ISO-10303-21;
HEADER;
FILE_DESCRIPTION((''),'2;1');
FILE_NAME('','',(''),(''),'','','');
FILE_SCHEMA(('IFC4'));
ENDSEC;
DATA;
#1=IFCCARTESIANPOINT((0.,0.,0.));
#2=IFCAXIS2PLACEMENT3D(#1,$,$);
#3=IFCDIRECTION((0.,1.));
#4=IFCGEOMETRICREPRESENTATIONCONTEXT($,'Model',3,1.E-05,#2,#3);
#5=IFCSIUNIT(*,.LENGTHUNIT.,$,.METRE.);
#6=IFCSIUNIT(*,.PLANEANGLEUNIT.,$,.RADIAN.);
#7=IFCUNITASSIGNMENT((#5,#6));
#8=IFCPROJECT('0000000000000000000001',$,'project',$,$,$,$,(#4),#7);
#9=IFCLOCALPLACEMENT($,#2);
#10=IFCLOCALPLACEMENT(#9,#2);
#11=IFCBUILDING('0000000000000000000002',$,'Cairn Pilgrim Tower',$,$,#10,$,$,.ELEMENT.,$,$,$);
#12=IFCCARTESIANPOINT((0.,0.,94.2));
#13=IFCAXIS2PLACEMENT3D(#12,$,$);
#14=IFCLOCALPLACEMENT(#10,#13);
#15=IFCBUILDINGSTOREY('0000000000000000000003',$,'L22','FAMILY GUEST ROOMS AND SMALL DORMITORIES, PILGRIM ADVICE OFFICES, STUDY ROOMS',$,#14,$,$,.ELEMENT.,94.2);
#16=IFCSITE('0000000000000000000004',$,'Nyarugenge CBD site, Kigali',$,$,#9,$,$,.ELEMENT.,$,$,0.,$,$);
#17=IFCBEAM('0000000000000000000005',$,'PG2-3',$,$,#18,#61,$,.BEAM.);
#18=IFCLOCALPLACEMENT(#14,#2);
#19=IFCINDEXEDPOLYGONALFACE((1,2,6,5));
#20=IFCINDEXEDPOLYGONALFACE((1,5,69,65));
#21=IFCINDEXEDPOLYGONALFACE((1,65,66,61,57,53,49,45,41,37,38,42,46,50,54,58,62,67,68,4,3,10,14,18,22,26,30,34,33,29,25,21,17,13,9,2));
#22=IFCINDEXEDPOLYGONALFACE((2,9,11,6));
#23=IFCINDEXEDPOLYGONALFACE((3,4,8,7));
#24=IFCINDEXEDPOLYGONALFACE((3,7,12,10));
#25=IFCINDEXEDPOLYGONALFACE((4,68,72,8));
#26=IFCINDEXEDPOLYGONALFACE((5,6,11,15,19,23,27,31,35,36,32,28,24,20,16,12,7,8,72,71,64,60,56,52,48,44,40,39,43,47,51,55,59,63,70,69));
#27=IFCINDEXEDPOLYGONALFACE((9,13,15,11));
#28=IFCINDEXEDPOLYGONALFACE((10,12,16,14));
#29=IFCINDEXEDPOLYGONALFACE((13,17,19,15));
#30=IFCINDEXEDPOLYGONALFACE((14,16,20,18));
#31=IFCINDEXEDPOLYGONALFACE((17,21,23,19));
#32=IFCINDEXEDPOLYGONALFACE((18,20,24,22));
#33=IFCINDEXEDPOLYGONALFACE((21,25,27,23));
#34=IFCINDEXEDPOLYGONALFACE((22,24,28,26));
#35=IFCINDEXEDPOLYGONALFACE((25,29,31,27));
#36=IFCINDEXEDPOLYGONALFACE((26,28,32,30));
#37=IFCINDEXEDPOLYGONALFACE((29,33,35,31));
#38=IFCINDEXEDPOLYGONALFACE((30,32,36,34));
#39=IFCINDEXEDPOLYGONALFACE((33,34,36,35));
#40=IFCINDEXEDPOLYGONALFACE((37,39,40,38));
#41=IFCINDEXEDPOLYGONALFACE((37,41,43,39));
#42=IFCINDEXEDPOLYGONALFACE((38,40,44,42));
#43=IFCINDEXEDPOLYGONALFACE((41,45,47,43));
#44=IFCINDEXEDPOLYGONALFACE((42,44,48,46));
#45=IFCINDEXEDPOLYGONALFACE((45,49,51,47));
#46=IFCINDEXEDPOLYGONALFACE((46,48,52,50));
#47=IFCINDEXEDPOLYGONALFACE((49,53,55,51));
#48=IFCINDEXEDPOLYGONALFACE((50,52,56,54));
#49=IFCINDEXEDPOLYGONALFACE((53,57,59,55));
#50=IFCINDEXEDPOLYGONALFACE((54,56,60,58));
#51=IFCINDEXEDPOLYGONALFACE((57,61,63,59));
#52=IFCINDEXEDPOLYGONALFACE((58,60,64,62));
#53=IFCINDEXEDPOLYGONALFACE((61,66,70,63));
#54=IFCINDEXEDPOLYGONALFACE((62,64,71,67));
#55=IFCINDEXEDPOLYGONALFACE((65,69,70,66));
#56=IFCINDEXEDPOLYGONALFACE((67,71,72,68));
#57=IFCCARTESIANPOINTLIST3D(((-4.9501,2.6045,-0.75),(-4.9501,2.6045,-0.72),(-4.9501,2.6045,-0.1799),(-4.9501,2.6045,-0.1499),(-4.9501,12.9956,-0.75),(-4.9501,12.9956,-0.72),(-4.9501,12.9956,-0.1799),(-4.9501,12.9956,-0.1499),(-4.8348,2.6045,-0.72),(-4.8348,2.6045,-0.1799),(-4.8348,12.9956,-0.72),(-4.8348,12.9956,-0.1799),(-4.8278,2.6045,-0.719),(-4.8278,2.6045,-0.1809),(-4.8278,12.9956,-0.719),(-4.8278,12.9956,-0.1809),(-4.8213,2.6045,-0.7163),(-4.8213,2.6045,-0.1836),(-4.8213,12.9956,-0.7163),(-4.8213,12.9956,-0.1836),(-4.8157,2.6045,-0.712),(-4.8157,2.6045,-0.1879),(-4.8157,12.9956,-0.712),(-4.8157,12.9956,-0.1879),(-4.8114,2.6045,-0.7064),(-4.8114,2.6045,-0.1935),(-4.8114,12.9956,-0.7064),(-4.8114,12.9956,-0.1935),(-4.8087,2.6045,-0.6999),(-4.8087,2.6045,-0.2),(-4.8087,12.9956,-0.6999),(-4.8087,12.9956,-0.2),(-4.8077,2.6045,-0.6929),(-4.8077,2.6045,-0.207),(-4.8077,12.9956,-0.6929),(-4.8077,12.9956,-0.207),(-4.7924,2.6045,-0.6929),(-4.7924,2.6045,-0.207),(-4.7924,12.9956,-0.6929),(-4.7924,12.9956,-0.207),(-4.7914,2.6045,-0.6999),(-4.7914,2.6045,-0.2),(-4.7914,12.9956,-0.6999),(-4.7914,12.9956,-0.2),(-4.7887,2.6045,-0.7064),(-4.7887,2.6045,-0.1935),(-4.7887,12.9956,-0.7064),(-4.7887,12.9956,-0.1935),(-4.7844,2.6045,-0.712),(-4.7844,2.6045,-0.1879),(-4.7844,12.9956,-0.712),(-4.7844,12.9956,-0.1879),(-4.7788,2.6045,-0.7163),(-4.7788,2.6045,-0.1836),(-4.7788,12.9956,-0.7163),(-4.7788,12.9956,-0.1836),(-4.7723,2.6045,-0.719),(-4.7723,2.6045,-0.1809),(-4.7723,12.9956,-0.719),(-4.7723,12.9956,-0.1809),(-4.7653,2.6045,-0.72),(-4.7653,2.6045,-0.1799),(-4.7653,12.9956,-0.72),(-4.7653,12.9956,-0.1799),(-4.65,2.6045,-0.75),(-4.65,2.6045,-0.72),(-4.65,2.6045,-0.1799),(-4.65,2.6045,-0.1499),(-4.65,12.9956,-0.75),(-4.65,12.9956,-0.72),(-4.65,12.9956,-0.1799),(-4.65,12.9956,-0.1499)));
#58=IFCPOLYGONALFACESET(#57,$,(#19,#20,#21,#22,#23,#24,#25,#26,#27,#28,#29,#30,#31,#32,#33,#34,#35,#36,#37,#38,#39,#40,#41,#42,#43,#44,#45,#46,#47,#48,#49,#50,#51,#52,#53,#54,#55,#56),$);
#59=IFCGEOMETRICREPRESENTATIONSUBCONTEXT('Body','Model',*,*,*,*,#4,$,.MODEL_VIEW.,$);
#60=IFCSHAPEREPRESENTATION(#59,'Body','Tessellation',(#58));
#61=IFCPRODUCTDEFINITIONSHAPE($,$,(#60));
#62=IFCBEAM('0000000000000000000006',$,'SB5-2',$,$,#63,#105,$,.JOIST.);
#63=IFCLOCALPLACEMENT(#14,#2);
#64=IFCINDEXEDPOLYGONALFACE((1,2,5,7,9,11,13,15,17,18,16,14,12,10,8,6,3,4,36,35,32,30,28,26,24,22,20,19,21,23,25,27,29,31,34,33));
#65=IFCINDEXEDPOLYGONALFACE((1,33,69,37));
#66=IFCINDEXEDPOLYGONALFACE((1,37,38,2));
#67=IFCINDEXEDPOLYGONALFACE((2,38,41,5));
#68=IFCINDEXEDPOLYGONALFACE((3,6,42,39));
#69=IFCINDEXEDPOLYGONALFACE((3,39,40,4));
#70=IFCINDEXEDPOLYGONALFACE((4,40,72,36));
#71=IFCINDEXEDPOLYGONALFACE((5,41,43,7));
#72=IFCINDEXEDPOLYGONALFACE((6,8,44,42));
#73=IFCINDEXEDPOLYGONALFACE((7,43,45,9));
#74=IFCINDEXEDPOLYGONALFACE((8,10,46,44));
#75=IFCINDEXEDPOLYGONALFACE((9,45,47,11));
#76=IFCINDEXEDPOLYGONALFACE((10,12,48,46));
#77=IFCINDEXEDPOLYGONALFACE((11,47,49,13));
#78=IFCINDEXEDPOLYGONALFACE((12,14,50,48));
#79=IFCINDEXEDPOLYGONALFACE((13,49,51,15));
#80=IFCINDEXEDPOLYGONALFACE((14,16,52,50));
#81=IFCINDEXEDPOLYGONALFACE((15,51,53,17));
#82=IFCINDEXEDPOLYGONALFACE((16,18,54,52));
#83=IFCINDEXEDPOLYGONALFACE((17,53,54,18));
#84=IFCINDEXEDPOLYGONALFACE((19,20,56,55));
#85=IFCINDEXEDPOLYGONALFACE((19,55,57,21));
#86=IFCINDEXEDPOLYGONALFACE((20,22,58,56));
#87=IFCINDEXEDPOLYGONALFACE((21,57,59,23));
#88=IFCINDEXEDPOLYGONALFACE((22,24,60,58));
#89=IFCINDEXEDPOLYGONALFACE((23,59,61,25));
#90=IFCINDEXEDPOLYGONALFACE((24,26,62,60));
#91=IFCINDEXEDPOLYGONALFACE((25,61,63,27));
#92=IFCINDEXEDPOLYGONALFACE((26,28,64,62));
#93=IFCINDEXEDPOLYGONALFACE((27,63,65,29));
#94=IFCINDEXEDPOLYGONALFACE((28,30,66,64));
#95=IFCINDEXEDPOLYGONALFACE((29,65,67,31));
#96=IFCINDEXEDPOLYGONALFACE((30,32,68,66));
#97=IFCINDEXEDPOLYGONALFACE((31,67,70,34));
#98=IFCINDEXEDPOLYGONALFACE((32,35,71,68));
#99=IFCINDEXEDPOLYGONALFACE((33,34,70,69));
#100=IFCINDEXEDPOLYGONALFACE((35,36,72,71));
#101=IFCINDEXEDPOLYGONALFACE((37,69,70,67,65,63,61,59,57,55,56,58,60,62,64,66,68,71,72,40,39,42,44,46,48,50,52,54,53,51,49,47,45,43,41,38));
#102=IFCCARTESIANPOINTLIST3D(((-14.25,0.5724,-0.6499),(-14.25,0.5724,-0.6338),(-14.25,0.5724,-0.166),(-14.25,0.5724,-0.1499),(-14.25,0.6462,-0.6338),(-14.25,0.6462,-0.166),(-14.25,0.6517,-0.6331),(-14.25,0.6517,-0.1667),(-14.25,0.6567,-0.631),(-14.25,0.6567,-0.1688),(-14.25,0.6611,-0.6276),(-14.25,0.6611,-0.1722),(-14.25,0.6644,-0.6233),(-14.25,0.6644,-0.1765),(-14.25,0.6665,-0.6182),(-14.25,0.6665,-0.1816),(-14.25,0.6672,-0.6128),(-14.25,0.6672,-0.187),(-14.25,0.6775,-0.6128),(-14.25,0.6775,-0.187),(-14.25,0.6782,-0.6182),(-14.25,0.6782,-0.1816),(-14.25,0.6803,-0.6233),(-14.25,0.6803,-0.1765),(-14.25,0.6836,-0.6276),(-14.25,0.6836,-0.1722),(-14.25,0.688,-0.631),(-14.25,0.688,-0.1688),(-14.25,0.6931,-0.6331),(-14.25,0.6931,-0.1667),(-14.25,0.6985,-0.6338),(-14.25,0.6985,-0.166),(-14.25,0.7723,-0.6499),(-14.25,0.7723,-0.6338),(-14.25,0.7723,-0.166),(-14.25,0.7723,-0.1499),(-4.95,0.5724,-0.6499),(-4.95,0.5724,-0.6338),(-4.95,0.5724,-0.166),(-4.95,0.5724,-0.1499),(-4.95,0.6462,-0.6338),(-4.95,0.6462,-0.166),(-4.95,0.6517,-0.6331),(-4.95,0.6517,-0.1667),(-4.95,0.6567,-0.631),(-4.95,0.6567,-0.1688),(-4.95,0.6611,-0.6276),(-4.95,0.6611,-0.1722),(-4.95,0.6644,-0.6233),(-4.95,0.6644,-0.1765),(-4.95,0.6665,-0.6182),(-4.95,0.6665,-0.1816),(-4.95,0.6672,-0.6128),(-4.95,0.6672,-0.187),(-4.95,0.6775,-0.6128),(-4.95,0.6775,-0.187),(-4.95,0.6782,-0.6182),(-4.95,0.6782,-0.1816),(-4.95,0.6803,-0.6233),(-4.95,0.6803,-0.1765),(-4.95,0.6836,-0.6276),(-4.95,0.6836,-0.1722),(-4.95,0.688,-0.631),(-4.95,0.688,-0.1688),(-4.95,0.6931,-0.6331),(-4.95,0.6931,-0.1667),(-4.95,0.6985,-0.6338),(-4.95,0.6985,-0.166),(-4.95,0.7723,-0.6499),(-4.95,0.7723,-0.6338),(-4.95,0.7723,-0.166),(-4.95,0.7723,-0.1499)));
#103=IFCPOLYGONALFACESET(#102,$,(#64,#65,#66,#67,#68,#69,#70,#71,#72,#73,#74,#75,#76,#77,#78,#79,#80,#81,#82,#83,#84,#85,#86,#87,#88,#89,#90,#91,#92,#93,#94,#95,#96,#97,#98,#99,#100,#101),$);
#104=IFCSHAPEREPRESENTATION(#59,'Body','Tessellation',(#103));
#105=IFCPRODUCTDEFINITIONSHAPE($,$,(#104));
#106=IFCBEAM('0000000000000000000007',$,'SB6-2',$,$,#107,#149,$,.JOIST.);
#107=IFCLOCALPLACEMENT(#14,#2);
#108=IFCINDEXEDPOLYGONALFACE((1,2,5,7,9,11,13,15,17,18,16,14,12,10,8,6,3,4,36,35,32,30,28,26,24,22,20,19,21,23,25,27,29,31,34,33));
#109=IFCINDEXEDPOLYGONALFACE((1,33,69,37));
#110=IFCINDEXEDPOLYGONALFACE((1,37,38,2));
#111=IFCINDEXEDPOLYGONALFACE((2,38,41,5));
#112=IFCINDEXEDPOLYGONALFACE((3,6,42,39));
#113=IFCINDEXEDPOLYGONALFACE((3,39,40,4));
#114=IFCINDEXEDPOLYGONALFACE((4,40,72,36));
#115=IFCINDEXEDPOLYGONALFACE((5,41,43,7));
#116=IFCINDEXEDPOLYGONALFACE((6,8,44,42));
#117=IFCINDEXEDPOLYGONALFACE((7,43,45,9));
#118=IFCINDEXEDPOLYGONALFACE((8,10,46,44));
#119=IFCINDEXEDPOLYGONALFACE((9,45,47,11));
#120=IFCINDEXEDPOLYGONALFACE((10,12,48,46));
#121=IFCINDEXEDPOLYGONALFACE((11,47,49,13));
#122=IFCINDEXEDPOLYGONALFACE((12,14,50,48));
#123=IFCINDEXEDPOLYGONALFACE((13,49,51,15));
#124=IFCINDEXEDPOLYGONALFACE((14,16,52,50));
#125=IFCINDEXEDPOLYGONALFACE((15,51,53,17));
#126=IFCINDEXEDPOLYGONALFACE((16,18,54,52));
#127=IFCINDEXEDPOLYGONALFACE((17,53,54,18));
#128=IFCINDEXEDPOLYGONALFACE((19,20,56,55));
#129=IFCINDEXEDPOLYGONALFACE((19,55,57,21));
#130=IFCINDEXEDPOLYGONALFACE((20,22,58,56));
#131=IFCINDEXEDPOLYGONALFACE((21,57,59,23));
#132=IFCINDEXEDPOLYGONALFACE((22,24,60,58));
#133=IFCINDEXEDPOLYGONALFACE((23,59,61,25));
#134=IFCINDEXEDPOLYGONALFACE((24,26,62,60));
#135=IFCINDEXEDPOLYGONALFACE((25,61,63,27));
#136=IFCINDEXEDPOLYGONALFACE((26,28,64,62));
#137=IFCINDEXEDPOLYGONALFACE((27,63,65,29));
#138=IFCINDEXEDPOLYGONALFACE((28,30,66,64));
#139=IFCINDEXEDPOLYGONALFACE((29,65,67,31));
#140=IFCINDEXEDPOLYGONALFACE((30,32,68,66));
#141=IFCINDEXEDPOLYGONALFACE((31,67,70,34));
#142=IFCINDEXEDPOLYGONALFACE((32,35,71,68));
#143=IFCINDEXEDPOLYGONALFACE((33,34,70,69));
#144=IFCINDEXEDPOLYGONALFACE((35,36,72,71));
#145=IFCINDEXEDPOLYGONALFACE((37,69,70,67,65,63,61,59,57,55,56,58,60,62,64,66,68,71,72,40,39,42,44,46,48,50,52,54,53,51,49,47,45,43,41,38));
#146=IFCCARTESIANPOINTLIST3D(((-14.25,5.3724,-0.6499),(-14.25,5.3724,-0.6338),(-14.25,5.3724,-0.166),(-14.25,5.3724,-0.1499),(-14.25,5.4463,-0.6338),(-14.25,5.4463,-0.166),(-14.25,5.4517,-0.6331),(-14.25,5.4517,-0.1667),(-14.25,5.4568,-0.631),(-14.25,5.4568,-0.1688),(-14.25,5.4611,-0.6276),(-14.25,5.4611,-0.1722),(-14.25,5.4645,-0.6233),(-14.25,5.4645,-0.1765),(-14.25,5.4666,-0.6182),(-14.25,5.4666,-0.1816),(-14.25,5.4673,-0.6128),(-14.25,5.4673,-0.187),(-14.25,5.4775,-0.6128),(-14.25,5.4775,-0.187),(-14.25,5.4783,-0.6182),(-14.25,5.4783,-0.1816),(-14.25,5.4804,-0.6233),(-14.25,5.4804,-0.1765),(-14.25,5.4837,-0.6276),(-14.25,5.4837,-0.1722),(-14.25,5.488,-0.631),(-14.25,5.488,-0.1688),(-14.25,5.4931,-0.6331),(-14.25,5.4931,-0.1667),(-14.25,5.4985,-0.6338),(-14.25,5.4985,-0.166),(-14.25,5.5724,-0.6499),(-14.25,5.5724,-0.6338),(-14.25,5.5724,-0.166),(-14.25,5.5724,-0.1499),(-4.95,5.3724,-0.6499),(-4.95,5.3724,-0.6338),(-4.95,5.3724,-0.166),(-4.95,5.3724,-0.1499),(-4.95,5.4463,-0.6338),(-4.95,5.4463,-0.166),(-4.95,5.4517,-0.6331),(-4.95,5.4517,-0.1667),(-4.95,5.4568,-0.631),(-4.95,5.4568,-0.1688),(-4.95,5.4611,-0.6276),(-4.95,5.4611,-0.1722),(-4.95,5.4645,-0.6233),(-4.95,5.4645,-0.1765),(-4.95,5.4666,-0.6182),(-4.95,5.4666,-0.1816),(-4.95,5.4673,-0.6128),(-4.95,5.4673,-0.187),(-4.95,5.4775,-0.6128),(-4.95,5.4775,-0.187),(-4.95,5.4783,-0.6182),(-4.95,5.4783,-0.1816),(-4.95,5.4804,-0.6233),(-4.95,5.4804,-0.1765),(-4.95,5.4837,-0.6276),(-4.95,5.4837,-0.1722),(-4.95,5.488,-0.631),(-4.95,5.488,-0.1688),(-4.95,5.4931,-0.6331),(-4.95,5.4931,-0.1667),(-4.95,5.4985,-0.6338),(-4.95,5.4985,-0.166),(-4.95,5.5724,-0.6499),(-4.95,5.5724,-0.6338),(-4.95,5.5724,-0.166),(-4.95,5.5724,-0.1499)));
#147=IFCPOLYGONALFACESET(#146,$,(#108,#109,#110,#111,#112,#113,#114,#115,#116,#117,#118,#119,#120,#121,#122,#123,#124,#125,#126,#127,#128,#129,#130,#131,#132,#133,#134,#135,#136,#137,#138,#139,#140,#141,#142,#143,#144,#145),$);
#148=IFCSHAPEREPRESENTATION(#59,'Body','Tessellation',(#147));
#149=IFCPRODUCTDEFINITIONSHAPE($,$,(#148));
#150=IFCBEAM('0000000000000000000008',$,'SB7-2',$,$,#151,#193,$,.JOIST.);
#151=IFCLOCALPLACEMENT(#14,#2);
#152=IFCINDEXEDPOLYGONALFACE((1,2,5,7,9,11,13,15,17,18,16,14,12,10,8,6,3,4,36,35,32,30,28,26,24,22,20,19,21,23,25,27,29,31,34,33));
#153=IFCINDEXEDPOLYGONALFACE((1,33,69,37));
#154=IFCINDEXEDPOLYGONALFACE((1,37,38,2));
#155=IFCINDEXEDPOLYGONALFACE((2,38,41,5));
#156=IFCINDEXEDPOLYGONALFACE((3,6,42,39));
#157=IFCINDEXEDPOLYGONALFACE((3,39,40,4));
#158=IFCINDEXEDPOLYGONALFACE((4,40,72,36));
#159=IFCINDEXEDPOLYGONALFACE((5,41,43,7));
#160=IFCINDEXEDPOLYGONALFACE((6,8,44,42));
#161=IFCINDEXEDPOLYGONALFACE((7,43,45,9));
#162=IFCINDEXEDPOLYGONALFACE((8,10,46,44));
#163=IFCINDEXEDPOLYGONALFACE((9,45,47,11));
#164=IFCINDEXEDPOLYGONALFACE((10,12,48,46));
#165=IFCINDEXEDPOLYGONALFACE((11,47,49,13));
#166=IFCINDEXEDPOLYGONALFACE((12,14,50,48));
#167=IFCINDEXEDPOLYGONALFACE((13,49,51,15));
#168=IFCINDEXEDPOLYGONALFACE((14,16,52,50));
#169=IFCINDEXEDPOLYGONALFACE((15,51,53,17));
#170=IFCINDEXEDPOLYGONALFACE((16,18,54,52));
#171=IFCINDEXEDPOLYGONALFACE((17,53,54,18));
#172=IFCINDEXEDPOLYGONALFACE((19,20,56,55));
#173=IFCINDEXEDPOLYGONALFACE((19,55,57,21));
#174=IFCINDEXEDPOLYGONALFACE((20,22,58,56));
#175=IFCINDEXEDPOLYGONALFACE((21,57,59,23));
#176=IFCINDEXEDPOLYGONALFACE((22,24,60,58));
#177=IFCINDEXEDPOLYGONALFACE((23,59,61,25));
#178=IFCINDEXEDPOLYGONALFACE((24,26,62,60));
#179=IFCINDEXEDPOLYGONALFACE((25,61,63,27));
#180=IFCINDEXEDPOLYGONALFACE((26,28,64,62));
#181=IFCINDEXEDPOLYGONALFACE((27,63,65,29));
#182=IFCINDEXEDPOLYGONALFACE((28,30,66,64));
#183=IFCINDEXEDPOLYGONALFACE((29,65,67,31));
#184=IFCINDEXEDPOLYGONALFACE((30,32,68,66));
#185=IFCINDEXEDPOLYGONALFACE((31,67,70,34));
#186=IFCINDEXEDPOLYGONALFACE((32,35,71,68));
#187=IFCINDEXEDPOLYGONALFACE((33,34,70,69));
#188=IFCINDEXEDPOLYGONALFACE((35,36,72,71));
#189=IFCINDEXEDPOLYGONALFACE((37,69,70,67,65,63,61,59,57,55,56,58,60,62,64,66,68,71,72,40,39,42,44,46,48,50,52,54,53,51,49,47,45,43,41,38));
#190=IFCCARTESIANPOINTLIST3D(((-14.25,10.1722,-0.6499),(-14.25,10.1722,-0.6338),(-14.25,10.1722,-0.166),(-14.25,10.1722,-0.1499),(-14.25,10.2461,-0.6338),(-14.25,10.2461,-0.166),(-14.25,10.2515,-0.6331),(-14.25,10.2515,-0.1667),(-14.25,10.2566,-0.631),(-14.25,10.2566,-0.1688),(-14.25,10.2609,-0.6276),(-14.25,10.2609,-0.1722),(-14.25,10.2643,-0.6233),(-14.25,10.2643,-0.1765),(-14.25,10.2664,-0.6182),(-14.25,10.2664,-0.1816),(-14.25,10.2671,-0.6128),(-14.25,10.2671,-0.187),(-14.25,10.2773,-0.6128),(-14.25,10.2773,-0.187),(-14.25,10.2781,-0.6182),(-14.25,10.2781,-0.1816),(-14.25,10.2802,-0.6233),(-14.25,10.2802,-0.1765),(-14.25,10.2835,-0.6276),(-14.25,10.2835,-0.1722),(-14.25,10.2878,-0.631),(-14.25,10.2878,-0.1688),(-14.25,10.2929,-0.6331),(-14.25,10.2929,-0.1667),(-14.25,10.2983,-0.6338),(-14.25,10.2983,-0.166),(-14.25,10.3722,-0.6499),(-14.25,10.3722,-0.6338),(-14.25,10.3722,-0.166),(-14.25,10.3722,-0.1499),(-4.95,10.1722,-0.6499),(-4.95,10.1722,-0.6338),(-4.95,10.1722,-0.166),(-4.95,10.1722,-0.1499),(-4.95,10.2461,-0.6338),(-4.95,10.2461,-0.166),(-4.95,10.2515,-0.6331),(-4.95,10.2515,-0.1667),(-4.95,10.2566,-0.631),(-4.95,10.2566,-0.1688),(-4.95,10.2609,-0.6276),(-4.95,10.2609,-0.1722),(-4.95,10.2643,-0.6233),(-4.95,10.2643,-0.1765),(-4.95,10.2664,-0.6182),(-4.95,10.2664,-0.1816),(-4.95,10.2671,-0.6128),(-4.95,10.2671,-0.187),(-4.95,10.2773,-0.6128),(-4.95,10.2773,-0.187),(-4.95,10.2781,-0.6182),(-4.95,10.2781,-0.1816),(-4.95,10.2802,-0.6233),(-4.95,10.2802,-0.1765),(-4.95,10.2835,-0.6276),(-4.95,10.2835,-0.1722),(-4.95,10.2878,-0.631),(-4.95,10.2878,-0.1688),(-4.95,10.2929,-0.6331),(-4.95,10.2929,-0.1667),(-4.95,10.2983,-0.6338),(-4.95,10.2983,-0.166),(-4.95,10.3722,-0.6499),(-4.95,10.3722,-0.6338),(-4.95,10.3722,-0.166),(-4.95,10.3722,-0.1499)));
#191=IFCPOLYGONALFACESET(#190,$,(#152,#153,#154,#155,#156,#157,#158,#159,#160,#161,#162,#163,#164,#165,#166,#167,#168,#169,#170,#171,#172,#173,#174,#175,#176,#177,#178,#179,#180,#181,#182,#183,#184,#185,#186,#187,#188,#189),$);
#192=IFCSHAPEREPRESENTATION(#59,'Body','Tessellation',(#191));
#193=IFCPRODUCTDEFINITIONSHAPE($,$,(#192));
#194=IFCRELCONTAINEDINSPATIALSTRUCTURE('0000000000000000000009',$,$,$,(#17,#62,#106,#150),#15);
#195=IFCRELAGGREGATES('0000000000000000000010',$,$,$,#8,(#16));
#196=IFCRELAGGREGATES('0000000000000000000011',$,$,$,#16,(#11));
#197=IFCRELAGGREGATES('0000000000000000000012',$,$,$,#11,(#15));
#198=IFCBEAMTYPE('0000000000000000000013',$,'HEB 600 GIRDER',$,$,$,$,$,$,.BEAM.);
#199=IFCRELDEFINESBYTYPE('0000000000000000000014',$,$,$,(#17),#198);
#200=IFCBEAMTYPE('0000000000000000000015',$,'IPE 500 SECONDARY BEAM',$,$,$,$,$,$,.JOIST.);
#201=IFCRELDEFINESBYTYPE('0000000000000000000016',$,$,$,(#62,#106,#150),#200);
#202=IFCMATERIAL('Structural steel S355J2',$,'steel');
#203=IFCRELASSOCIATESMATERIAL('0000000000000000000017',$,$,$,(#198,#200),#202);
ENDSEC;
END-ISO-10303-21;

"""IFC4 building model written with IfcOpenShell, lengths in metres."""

from ifc_helpers import new_model, si_unit, direction, frame, origin, origin_2d, place, context, subcontext, project, spatial, i_section, extrude, material, material_profile, profile_set, type_object, element, save


model = new_model("IFC4")

# Units and contexts
model_context = context("Model", 3, precision=1e-05, world=origin(), true_north=direction((0.0, 1.0)))
body_context = subcontext(model_context, "Body", "Model", "MODEL_VIEW")
ifc_project = project(units=[si_unit("LENGTHUNIT", "METRE"), si_unit("PLANEANGLEUNIT", "RADIAN")], contexts=[model_context])

# Site, building, storey
site_placement = place(None, origin())
site = spatial("IfcSite", under=ifc_project, at=site_placement, Name="Nyarugenge CBD site, Kigali", CompositionType="ELEMENT", RefElevation=0.0)
building_placement = place(site_placement, origin())
building = spatial("IfcBuilding", under=site, at=building_placement, Name="Cairn Pilgrim Tower", CompositionType="ELEMENT")
storey_placement = place(building_placement, frame((0.0, 0.0, 94.2)))
storey = spatial("IfcBuildingStorey", under=building, at=storey_placement, Name="L22", Description="FAMILY GUEST ROOMS AND SMALL DORMITORIES, PILGRIM ADVICE OFFICES, STUDY ROOMS", CompositionType="ELEMENT", Elevation=94.2)

# Beams
ifc_material_1 = material(Name="Structural steel S355J2", Category="steel")
ifc_material_profile_1 = material_profile(ifc_material_1, i_section(OverallWidth=0.3, OverallDepth=0.6001, WebThickness=0.0154, FlangeThickness=0.03, FilletRadius=0.0271, at=origin_2d()), Name="HEB 600")
ifc_profile_set_1 = profile_set([ifc_material_profile_1], Name="Structural steel S355J2")
beam_type_1 = type_object("IfcBeamType", Name="HEB 600 GIRDER", PredefinedType="BEAM", material=ifc_profile_set_1)
beam_1_placement = place(storey_placement, frame((-4.8, 2.6045, -0.45), z_axis=(0.0, 1.0, 0.0), x_axis=(-1.0, 0.0, 0.0)))
element("IfcBeam", 1, at=beam_1_placement, inside=storey, type_object=beam_type_1, Name="PG2-3", PredefinedType="BEAM", context=body_context, shape_type="SweptSolid", body=[
    extrude(i_section(OverallWidth=0.3, OverallDepth=0.6001, WebThickness=0.0154, FlangeThickness=0.03, FilletRadius=0.0271, at=origin_2d()), origin(), (0.0, 0.0, 1.0), 10.3911),
])
ifc_material_profile_2 = material_profile(ifc_material_1, i_section(OverallWidth=0.2, OverallDepth=0.5, WebThickness=0.0103, FlangeThickness=0.0161, FilletRadius=0.021, at=origin_2d()), Name="IPE 500")
ifc_profile_set_2 = profile_set([ifc_material_profile_2], Name="Structural steel S355J2")
beam_type_2 = type_object("IfcBeamType", Name="IPE 500 SECONDARY BEAM", PredefinedType="JOIST", material=ifc_profile_set_2)
for number, where, z_axis, x_axis, name in (
    (2, (-14.25, 0.6724, -0.3999), (1.0, 0.0, 0.0), (0.0, 1.0, 0.0), "SB5-2"),
    (3, (-14.25, 5.4724, -0.3999), (1.0, 0.0, 0.0), (0.0, 1.0, 0.0), "SB6-2"),
    (4, (-14.25, 10.2722, -0.3999), (1.0, 0.0, 0.0), (0.0, 1.0, 0.0), "SB7-2"),
):
    element("IfcBeam", number, at=place(storey_placement, frame(where, z_axis=z_axis, x_axis=x_axis)), inside=storey, type_object=beam_type_2, Name=name, PredefinedType="JOIST", context=body_context, shape_type="SweptSolid", body=[
        extrude(i_section(OverallWidth=0.2, OverallDepth=0.5, WebThickness=0.0103, FlangeThickness=0.0161, FilletRadius=0.021, at=origin_2d()), origin(), (0.0, 0.0, 1.0), 9.3),
    ])

save(model, "model.ifc")
